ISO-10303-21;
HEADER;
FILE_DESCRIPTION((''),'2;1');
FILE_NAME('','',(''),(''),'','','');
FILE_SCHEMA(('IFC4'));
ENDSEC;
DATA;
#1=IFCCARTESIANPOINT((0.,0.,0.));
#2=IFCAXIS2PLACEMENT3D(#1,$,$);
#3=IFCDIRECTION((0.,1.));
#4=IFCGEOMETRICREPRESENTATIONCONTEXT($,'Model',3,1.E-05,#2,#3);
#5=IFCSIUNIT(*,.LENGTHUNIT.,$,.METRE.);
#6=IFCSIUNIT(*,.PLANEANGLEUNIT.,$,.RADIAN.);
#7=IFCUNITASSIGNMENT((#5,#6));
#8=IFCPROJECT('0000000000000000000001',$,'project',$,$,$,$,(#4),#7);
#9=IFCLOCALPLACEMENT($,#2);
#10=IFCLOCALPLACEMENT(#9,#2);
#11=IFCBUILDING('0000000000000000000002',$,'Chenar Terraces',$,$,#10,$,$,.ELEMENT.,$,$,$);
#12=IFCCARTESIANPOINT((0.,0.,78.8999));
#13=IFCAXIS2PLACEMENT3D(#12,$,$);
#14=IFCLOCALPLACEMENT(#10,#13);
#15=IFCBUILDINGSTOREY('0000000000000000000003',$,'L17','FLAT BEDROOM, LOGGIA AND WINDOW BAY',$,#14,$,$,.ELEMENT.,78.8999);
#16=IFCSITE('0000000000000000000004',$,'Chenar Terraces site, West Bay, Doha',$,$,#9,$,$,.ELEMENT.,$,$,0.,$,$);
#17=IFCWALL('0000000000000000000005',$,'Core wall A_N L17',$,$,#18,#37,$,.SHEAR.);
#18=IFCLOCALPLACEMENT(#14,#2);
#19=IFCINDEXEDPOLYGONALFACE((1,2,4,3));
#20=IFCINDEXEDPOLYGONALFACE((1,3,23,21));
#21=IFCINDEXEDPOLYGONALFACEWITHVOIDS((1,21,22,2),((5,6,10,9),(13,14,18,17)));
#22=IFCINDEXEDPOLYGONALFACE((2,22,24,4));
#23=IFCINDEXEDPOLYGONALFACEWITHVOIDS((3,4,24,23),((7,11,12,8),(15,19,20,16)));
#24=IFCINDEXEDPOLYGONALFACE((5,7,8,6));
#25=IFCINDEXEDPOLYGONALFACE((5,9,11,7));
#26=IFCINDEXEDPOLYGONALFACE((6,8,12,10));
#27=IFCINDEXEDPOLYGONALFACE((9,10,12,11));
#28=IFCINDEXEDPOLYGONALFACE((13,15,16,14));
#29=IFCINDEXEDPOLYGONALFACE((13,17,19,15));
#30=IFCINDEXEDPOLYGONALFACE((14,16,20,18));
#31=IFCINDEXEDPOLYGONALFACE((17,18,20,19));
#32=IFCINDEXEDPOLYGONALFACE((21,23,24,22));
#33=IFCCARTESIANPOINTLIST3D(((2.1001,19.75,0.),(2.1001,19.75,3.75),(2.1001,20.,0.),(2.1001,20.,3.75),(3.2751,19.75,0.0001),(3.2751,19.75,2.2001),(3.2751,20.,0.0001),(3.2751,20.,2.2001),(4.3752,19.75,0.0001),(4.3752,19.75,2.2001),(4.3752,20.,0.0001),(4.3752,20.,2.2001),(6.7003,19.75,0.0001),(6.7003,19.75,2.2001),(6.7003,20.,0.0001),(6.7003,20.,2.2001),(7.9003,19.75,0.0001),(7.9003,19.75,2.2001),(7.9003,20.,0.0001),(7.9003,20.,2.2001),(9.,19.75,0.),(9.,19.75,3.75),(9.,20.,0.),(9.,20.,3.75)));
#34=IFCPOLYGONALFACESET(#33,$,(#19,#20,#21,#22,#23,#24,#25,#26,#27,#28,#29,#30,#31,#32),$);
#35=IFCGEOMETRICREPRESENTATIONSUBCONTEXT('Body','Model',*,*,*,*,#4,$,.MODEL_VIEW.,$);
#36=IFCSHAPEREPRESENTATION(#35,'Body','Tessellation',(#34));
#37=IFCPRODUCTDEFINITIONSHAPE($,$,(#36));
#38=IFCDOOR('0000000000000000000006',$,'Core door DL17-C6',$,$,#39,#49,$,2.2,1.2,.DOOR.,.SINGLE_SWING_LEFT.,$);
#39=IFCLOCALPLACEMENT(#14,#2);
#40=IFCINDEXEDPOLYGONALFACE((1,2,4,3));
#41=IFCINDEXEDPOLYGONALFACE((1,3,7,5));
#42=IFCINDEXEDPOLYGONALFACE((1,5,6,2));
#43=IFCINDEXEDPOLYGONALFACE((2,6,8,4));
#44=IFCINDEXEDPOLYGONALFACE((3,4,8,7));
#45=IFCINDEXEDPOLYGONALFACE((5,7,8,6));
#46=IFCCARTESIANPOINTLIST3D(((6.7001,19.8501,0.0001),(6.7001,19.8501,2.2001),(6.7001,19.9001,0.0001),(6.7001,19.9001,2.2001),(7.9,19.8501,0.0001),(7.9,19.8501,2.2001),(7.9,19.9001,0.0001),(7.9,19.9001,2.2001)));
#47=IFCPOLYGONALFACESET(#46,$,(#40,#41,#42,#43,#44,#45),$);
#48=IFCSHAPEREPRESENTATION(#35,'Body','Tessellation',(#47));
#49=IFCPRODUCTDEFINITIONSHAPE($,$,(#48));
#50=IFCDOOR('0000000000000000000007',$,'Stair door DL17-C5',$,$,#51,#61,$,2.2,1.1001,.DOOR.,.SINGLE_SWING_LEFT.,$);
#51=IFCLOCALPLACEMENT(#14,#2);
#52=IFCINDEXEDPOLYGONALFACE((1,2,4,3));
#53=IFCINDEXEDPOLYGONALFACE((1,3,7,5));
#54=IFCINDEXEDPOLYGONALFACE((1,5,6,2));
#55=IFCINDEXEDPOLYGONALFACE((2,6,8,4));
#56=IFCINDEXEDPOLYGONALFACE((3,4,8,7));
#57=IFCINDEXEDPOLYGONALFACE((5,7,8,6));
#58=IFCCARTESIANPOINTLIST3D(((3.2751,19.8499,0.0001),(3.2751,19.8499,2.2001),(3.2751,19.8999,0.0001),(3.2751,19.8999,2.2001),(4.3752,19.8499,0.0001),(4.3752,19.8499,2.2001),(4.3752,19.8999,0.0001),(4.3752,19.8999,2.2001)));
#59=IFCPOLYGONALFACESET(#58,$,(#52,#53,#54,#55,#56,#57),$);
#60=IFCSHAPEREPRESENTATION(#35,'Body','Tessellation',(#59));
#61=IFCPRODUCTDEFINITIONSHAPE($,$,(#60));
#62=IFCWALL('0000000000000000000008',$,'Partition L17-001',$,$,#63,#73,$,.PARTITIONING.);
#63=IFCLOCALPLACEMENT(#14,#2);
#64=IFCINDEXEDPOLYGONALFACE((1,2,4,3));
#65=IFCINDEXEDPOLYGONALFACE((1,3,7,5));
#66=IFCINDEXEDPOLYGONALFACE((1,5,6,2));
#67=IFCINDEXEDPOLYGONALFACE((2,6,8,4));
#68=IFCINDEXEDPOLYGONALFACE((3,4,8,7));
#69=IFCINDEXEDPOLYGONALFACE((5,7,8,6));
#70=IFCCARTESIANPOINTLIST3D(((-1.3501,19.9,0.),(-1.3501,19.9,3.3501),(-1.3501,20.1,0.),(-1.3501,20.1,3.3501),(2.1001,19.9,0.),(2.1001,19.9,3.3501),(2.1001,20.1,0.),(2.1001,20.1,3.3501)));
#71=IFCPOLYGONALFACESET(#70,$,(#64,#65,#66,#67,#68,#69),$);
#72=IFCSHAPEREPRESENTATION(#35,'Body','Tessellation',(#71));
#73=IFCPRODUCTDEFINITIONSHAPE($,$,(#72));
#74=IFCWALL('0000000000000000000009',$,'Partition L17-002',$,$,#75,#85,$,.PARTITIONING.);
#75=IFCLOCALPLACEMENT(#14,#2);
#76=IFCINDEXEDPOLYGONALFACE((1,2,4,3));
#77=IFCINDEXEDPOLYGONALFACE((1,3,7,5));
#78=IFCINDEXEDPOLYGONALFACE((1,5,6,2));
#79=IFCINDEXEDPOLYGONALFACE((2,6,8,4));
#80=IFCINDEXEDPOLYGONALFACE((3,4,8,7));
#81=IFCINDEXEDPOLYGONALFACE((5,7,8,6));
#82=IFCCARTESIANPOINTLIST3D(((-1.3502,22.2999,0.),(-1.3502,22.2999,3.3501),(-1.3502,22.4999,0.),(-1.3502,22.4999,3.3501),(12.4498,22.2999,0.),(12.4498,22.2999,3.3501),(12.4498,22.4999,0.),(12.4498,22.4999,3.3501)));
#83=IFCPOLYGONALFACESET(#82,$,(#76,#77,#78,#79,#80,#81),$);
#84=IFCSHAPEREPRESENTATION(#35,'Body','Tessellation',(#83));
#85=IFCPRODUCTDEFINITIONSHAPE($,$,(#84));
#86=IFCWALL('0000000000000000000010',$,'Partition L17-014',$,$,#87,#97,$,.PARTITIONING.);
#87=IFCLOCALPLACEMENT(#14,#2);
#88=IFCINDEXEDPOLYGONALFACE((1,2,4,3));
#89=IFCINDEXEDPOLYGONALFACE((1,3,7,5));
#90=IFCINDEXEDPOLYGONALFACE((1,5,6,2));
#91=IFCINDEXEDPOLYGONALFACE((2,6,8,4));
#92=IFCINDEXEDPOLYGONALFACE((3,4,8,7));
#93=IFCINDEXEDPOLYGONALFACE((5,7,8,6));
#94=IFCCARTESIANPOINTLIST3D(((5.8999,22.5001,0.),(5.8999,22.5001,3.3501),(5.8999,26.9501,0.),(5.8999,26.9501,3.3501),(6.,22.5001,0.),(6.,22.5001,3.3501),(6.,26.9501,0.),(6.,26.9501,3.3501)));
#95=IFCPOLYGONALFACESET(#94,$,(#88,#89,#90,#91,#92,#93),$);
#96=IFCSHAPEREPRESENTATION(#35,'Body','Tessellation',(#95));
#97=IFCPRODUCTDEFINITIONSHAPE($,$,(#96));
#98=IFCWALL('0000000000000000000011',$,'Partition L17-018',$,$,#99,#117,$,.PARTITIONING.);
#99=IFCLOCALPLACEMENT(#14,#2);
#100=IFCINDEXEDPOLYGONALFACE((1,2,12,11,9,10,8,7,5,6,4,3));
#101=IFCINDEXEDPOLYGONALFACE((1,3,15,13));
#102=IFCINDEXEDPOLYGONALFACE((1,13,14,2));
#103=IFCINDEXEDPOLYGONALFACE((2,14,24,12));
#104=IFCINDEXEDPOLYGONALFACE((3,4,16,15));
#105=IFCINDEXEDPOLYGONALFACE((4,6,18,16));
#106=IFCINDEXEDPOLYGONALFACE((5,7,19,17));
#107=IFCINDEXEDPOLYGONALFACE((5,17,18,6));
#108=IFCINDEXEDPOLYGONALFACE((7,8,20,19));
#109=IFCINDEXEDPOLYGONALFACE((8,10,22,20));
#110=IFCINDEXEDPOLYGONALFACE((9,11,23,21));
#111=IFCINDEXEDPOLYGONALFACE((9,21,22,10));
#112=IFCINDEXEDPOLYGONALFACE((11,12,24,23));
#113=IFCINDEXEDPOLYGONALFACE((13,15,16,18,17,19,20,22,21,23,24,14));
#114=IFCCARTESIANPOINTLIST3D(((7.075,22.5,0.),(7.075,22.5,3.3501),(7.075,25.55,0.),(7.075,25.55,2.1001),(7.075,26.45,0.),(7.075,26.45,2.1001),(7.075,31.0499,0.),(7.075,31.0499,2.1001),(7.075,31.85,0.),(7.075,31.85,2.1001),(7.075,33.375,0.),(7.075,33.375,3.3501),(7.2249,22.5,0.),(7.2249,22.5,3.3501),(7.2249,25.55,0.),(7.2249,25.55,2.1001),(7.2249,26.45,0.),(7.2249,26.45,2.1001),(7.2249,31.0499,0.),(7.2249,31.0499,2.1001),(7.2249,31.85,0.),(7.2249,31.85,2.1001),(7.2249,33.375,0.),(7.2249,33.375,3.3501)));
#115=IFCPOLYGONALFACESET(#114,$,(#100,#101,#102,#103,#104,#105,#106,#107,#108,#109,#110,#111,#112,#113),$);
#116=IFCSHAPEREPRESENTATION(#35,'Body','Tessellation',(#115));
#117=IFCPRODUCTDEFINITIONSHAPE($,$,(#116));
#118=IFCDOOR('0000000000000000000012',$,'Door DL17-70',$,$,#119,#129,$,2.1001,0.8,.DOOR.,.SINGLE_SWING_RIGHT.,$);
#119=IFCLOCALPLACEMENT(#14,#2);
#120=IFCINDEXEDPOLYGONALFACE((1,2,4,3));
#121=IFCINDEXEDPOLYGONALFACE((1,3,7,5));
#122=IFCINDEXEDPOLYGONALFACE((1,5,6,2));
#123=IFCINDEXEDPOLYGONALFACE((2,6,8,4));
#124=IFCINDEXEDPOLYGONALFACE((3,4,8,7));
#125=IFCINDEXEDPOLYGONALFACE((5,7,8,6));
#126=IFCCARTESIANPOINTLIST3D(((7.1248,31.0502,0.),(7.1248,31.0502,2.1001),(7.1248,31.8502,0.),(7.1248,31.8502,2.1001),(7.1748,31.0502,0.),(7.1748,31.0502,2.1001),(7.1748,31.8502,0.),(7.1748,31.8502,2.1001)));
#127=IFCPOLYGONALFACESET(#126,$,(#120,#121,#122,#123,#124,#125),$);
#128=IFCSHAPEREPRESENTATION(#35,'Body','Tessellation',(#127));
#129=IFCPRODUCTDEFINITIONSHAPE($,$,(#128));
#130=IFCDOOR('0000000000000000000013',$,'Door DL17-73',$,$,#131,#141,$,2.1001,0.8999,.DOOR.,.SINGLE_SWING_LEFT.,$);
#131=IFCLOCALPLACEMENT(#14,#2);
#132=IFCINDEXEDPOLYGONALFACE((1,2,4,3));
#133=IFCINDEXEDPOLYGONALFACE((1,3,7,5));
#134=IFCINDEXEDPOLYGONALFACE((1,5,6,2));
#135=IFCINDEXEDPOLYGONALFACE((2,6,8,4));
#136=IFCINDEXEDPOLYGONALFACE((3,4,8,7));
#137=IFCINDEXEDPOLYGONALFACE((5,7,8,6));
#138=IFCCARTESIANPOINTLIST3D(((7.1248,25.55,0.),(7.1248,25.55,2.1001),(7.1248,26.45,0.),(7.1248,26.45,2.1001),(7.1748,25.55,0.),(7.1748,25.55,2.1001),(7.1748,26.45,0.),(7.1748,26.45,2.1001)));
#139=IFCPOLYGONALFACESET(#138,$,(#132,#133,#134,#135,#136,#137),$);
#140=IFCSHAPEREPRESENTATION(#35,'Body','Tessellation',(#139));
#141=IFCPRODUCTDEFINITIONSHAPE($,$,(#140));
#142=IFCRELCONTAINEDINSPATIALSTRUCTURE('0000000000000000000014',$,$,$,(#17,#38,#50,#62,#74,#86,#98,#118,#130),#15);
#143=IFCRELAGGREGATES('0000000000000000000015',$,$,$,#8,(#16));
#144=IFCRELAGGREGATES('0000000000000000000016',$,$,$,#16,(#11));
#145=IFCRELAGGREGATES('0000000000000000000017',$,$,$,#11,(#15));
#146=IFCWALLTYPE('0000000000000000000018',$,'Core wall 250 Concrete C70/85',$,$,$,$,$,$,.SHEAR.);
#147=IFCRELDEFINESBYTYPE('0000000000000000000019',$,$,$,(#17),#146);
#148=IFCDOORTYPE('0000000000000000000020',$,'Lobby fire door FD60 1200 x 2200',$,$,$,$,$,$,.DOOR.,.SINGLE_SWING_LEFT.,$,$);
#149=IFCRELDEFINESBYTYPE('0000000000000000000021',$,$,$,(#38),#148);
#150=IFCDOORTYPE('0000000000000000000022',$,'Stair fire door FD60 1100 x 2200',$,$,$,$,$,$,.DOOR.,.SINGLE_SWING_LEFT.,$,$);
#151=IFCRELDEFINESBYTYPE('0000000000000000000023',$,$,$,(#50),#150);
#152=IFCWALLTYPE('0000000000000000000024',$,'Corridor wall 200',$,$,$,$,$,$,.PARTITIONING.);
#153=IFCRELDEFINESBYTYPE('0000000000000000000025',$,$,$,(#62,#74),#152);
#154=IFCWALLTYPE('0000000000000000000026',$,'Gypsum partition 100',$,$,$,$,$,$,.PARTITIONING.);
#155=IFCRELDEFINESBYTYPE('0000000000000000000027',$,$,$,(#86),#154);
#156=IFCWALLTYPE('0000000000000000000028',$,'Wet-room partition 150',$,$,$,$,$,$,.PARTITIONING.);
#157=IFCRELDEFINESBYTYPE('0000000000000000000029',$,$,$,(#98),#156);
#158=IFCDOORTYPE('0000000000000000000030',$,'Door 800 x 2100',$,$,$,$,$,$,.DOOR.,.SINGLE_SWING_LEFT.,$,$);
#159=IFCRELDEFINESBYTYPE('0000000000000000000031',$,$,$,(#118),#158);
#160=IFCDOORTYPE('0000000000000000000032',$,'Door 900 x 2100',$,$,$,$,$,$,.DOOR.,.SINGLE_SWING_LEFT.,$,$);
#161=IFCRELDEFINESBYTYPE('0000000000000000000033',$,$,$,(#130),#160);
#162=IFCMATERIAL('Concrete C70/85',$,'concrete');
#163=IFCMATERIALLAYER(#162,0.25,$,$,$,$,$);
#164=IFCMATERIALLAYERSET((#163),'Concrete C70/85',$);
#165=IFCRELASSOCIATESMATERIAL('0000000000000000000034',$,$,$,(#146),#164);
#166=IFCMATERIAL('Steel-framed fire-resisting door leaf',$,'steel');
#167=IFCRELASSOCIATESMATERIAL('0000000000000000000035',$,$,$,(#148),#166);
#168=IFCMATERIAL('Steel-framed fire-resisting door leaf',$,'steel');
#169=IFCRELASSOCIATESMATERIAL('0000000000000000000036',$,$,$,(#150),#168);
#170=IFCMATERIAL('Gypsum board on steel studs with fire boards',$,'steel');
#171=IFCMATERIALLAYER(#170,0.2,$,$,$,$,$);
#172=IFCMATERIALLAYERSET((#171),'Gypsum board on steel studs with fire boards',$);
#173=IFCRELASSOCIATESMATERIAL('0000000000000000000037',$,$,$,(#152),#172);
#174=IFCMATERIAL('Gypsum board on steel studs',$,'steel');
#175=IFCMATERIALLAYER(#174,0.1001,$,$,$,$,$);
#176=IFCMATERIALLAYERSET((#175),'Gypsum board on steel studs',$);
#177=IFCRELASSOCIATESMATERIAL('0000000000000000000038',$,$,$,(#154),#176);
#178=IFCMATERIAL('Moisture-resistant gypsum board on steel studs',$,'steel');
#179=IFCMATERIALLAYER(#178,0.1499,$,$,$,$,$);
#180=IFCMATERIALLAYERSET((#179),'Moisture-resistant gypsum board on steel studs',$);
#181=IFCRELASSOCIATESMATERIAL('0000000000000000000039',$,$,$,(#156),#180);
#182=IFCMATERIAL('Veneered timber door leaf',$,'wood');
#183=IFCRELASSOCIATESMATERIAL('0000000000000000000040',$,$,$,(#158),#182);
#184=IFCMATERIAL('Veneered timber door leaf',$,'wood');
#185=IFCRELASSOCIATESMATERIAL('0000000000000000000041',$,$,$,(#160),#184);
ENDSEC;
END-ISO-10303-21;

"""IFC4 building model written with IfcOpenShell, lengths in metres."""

from ifc_helpers import new_model, si_unit, direction, frame, frame_2d, origin, place, context, subcontext, project, spatial, rectangle, extrude, material, layer, layer_set, type_object, element, fill, save


model = new_model("IFC4")

# Units and contexts
model_context = context("Model", 3, precision=1e-05, world=origin(), true_north=direction((0.0, 1.0)))
body_context = subcontext(model_context, "Body", "Model", "MODEL_VIEW")
ifc_project = project(units=[si_unit("LENGTHUNIT", "METRE"), si_unit("PLANEANGLEUNIT", "RADIAN")], contexts=[model_context])

# Site, building, storey
site_placement = place(None, origin())
site = spatial("IfcSite", under=ifc_project, at=site_placement, Name="Chenar Terraces site, West Bay, Doha", CompositionType="ELEMENT", RefElevation=0.0)
building_placement = place(site_placement, origin())
building = spatial("IfcBuilding", under=site, at=building_placement, Name="Chenar Terraces", CompositionType="ELEMENT")
storey_placement = place(building_placement, frame((0.0, 0.0, 78.8999)))
storey = spatial("IfcBuildingStorey", under=building, at=storey_placement, Name="L17", Description="FLAT BEDROOM, LOGGIA AND WINDOW BAY", CompositionType="ELEMENT", Elevation=78.8999)

# Wall, openings, doors
ifc_material_1 = material(Name="Concrete C70/85", Category="concrete")
ifc_layer_1 = layer(ifc_material_1, 0.25)
ifc_layer_set_1 = layer_set([ifc_layer_1], Name="Concrete C70/85")
wall_type_1 = type_object("IfcWallType", Name="Core wall 250 Concrete C70/85", PredefinedType="SHEAR", material=ifc_layer_set_1)
wall_1_placement = place(storey_placement, frame((2.1001, 19.875, 0.0), z_axis=(0.0, 0.0, 1.0), x_axis=(1.0, 0.0, 0.0)))
wall_1 = element("IfcWall", 1, at=wall_1_placement, inside=storey, type_object=wall_type_1, Name="Core wall A_N L17", PredefinedType="SHEAR", context=body_context, shape_type="SweptSolid", body=[
    extrude(rectangle(XDim=6.8999, YDim=0.25, at=frame_2d((3.45, 0.0))), origin(), (0.0, 0.0, 1.0), 3.75),
])
opening_1_placement = place(wall_1_placement, frame((1.175, 0.0, 0.0)))
opening_1 = element("IfcOpeningElement", 2, at=opening_1_placement, cuts=wall_1, PredefinedType="OPENING", context=body_context, shape_type="SweptSolid", body=[
    extrude(rectangle(XDim=1.1001, YDim=2.2, at=frame_2d((0.55, 1.1001))), frame((0.0, 0.135, 0.0), z_axis=(0.0, -1.0, 0.0), x_axis=(1.0, 0.0, 0.0)), (0.0, 0.0, 1.0), 0.27),
])
opening_2_placement = place(wall_1_placement, frame((4.6001, 0.0, 0.0)))
opening_2 = element("IfcOpeningElement", 3, at=opening_2_placement, cuts=wall_1, PredefinedType="OPENING", context=body_context, shape_type="SweptSolid", body=[
    extrude(rectangle(XDim=1.2, YDim=2.2, at=frame_2d((0.6001, 1.1001))), frame((0.0, 0.135, 0.0), z_axis=(0.0, -1.0, 0.0), x_axis=(1.0, 0.0, 0.0)), (0.0, 0.0, 1.0), 0.27),
])
ifc_material_2 = material(Name="Steel-framed fire-resisting door leaf", Category="steel")
door_type_1 = type_object("IfcDoorType", Name="Lobby fire door FD60 1200 x 2200", OperationType="SINGLE_SWING_LEFT", PredefinedType="DOOR", material=ifc_material_2)
door_1_placement = place(opening_2_placement, frame((1.2, 0.0, 0.0), z_axis=(0.0, 0.0, 1.0), x_axis=(-1.0, 0.0, 0.0)))
door_1 = element("IfcDoor", 4, at=door_1_placement, inside=storey, type_object=door_type_1, Name="Core door DL17-C6", OperationType="SINGLE_SWING_LEFT", OverallHeight=2.2, OverallWidth=1.2, PredefinedType="DOOR", context=body_context, shape_type="SweptSolid", body=[
    extrude(rectangle(XDim=1.2, YDim=2.2, at=frame_2d((0.6001, 1.1001))), frame((0.0, 0.0249, 0.0), z_axis=(0.0, -1.0, 0.0), x_axis=(1.0, 0.0, 0.0)), (0.0, 0.0, 1.0), 0.05),
])
fill(opening_2, door_1)
ifc_material_3 = material(Name="Steel-framed fire-resisting door leaf", Category="steel")
door_type_2 = type_object("IfcDoorType", Name="Stair fire door FD60 1100 x 2200", OperationType="SINGLE_SWING_LEFT", PredefinedType="DOOR", material=ifc_material_3)
door_2_placement = place(opening_1_placement, origin())
door_2 = element("IfcDoor", 5, at=door_2_placement, inside=storey, type_object=door_type_2, Name="Stair door DL17-C5", OperationType="SINGLE_SWING_LEFT", OverallHeight=2.2, OverallWidth=1.1001, PredefinedType="DOOR", context=body_context, shape_type="SweptSolid", body=[
    extrude(rectangle(XDim=1.1001, YDim=2.2, at=frame_2d((0.55, 1.1001))), frame((0.0, 0.0249, 0.0), z_axis=(0.0, -1.0, 0.0), x_axis=(1.0, 0.0, 0.0)), (0.0, 0.0, 1.0), 0.05),
])
fill(opening_1, door_2)

# Walls
ifc_material_4 = material(Name="Gypsum board on steel studs with fire boards", Category="steel")
ifc_layer_2 = layer(ifc_material_4, 0.2)
ifc_layer_set_2 = layer_set([ifc_layer_2], Name="Gypsum board on steel studs with fire boards")
wall_type_2 = type_object("IfcWallType", Name="Corridor wall 200", PredefinedType="PARTITIONING", material=ifc_layer_set_2)
wall_2_placement = place(storey_placement, frame((-1.3501, 20.0, 0.0), z_axis=(0.0, 0.0, 1.0), x_axis=(1.0, 0.0, 0.0)))
element("IfcWall", 6, at=wall_2_placement, inside=storey, type_object=wall_type_2, Name="Partition L17-001", PredefinedType="PARTITIONING", context=body_context, shape_type="SweptSolid", body=[
    extrude(rectangle(XDim=3.4502, YDim=0.2, at=frame_2d((1.7251, 0.0))), origin(), (0.0, 0.0, 1.0), 3.3501),
])
wall_3_placement = place(storey_placement, frame((-1.3501, 22.3999, 0.0), z_axis=(0.0, 0.0, 1.0), x_axis=(1.0, 0.0, 0.0)))
element("IfcWall", 7, at=wall_3_placement, inside=storey, type_object=wall_type_2, Name="Partition L17-002", PredefinedType="PARTITIONING", context=body_context, shape_type="SweptSolid", body=[
    extrude(rectangle(XDim=13.8, YDim=0.2, at=frame_2d((6.8999, 0.0))), origin(), (0.0, 0.0, 1.0), 3.3501),
])
ifc_material_5 = material(Name="Gypsum board on steel studs", Category="steel")
ifc_layer_3 = layer(ifc_material_5, 0.1001)
ifc_layer_set_3 = layer_set([ifc_layer_3], Name="Gypsum board on steel studs")
wall_type_3 = type_object("IfcWallType", Name="Gypsum partition 100", PredefinedType="PARTITIONING", material=ifc_layer_set_3)
wall_4_placement = place(storey_placement, frame((5.95, 22.5, 0.0), z_axis=(0.0, 0.0, 1.0), x_axis=(0.0, 1.0, 0.0)))
element("IfcWall", 8, at=wall_4_placement, inside=storey, type_object=wall_type_3, Name="Partition L17-014", PredefinedType="PARTITIONING", context=body_context, shape_type="SweptSolid", body=[
    extrude(rectangle(XDim=4.45, YDim=0.1001, at=frame_2d((2.2251, 0.0))), origin(), (0.0, 0.0, 1.0), 3.3501),
])

# Wall, openings, doors
ifc_material_6 = material(Name="Moisture-resistant gypsum board on steel studs", Category="steel")
ifc_layer_4 = layer(ifc_material_6, 0.1499)
ifc_layer_set_4 = layer_set([ifc_layer_4], Name="Moisture-resistant gypsum board on steel studs")
wall_type_4 = type_object("IfcWallType", Name="Wet-room partition 150", PredefinedType="PARTITIONING", material=ifc_layer_set_4)
wall_5_placement = place(storey_placement, frame((7.1499, 22.5, 0.0), z_axis=(0.0, 0.0, 1.0), x_axis=(0.0, 1.0, 0.0)))
wall_5 = element("IfcWall", 9, at=wall_5_placement, inside=storey, type_object=wall_type_4, Name="Partition L17-018", PredefinedType="PARTITIONING", context=body_context, shape_type="SweptSolid", body=[
    extrude(rectangle(XDim=10.875, YDim=0.1499, at=frame_2d((5.4375, 0.0))), origin(), (0.0, 0.0, 1.0), 3.3501),
])
opening_3_placement = place(wall_5_placement, frame((8.55, 0.0, 0.0)))
opening_3 = element("IfcOpeningElement", 10, at=opening_3_placement, cuts=wall_5, PredefinedType="OPENING", context=body_context, shape_type="SweptSolid", body=[
    extrude(rectangle(XDim=0.8, YDim=2.1001, at=frame_2d((0.3999, 1.05))), frame((0.0, 0.085, 0.0), z_axis=(0.0, -1.0, 0.0), x_axis=(1.0, 0.0, 0.0)), (0.0, 0.0, 1.0), 0.1699),
])
opening_4_placement = place(wall_5_placement, frame((3.05, 0.0, 0.0)))
opening_4 = element("IfcOpeningElement", 11, at=opening_4_placement, cuts=wall_5, PredefinedType="OPENING", context=body_context, shape_type="SweptSolid", body=[
    extrude(rectangle(XDim=0.8999, YDim=2.1001, at=frame_2d((0.45, 1.05))), frame((0.0, 0.085, 0.0), z_axis=(0.0, -1.0, 0.0), x_axis=(1.0, 0.0, 0.0)), (0.0, 0.0, 1.0), 0.1699),
])
ifc_material_7 = material(Name="Veneered timber door leaf", Category="wood")
door_type_3 = type_object("IfcDoorType", Name="Door 800 x 2100", OperationType="SINGLE_SWING_LEFT", PredefinedType="DOOR", material=ifc_material_7)
door_3_placement = place(opening_3_placement, frame((0.8, 0.0, 0.0), z_axis=(0.0, 0.0, 1.0), x_axis=(-1.0, 0.0, 0.0)))
door_3 = element("IfcDoor", 12, at=door_3_placement, inside=storey, type_object=door_type_3, Name="Door DL17-70", OperationType="SINGLE_SWING_RIGHT", OverallHeight=2.1001, OverallWidth=0.8, PredefinedType="DOOR", context=body_context, shape_type="SweptSolid", body=[
    extrude(rectangle(XDim=0.8, YDim=2.1001, at=frame_2d((0.3999, 1.05))), frame((0.0, 0.0249, 0.0), z_axis=(0.0, -1.0, 0.0), x_axis=(1.0, 0.0, 0.0)), (0.0, 0.0, 1.0), 0.05),
])
fill(opening_3, door_3)
ifc_material_8 = material(Name="Veneered timber door leaf", Category="wood")
door_type_4 = type_object("IfcDoorType", Name="Door 900 x 2100", OperationType="SINGLE_SWING_LEFT", PredefinedType="DOOR", material=ifc_material_8)
door_4_placement = place(opening_4_placement, frame((0.8999, 0.0, 0.0), z_axis=(0.0, 0.0, 1.0), x_axis=(-1.0, 0.0, 0.0)))
door_4 = element("IfcDoor", 13, at=door_4_placement, inside=storey, type_object=door_type_4, Name="Door DL17-73", OperationType="SINGLE_SWING_LEFT", OverallHeight=2.1001, OverallWidth=0.8999, PredefinedType="DOOR", context=body_context, shape_type="SweptSolid", body=[
    extrude(rectangle(XDim=0.8999, YDim=2.1001, at=frame_2d((0.45, 1.05))), frame((0.0, 0.0249, 0.0), z_axis=(0.0, -1.0, 0.0), x_axis=(1.0, 0.0, 0.0)), (0.0, 0.0, 1.0), 0.05),
])
fill(opening_4, door_4)

save(model, "model.ifc")
